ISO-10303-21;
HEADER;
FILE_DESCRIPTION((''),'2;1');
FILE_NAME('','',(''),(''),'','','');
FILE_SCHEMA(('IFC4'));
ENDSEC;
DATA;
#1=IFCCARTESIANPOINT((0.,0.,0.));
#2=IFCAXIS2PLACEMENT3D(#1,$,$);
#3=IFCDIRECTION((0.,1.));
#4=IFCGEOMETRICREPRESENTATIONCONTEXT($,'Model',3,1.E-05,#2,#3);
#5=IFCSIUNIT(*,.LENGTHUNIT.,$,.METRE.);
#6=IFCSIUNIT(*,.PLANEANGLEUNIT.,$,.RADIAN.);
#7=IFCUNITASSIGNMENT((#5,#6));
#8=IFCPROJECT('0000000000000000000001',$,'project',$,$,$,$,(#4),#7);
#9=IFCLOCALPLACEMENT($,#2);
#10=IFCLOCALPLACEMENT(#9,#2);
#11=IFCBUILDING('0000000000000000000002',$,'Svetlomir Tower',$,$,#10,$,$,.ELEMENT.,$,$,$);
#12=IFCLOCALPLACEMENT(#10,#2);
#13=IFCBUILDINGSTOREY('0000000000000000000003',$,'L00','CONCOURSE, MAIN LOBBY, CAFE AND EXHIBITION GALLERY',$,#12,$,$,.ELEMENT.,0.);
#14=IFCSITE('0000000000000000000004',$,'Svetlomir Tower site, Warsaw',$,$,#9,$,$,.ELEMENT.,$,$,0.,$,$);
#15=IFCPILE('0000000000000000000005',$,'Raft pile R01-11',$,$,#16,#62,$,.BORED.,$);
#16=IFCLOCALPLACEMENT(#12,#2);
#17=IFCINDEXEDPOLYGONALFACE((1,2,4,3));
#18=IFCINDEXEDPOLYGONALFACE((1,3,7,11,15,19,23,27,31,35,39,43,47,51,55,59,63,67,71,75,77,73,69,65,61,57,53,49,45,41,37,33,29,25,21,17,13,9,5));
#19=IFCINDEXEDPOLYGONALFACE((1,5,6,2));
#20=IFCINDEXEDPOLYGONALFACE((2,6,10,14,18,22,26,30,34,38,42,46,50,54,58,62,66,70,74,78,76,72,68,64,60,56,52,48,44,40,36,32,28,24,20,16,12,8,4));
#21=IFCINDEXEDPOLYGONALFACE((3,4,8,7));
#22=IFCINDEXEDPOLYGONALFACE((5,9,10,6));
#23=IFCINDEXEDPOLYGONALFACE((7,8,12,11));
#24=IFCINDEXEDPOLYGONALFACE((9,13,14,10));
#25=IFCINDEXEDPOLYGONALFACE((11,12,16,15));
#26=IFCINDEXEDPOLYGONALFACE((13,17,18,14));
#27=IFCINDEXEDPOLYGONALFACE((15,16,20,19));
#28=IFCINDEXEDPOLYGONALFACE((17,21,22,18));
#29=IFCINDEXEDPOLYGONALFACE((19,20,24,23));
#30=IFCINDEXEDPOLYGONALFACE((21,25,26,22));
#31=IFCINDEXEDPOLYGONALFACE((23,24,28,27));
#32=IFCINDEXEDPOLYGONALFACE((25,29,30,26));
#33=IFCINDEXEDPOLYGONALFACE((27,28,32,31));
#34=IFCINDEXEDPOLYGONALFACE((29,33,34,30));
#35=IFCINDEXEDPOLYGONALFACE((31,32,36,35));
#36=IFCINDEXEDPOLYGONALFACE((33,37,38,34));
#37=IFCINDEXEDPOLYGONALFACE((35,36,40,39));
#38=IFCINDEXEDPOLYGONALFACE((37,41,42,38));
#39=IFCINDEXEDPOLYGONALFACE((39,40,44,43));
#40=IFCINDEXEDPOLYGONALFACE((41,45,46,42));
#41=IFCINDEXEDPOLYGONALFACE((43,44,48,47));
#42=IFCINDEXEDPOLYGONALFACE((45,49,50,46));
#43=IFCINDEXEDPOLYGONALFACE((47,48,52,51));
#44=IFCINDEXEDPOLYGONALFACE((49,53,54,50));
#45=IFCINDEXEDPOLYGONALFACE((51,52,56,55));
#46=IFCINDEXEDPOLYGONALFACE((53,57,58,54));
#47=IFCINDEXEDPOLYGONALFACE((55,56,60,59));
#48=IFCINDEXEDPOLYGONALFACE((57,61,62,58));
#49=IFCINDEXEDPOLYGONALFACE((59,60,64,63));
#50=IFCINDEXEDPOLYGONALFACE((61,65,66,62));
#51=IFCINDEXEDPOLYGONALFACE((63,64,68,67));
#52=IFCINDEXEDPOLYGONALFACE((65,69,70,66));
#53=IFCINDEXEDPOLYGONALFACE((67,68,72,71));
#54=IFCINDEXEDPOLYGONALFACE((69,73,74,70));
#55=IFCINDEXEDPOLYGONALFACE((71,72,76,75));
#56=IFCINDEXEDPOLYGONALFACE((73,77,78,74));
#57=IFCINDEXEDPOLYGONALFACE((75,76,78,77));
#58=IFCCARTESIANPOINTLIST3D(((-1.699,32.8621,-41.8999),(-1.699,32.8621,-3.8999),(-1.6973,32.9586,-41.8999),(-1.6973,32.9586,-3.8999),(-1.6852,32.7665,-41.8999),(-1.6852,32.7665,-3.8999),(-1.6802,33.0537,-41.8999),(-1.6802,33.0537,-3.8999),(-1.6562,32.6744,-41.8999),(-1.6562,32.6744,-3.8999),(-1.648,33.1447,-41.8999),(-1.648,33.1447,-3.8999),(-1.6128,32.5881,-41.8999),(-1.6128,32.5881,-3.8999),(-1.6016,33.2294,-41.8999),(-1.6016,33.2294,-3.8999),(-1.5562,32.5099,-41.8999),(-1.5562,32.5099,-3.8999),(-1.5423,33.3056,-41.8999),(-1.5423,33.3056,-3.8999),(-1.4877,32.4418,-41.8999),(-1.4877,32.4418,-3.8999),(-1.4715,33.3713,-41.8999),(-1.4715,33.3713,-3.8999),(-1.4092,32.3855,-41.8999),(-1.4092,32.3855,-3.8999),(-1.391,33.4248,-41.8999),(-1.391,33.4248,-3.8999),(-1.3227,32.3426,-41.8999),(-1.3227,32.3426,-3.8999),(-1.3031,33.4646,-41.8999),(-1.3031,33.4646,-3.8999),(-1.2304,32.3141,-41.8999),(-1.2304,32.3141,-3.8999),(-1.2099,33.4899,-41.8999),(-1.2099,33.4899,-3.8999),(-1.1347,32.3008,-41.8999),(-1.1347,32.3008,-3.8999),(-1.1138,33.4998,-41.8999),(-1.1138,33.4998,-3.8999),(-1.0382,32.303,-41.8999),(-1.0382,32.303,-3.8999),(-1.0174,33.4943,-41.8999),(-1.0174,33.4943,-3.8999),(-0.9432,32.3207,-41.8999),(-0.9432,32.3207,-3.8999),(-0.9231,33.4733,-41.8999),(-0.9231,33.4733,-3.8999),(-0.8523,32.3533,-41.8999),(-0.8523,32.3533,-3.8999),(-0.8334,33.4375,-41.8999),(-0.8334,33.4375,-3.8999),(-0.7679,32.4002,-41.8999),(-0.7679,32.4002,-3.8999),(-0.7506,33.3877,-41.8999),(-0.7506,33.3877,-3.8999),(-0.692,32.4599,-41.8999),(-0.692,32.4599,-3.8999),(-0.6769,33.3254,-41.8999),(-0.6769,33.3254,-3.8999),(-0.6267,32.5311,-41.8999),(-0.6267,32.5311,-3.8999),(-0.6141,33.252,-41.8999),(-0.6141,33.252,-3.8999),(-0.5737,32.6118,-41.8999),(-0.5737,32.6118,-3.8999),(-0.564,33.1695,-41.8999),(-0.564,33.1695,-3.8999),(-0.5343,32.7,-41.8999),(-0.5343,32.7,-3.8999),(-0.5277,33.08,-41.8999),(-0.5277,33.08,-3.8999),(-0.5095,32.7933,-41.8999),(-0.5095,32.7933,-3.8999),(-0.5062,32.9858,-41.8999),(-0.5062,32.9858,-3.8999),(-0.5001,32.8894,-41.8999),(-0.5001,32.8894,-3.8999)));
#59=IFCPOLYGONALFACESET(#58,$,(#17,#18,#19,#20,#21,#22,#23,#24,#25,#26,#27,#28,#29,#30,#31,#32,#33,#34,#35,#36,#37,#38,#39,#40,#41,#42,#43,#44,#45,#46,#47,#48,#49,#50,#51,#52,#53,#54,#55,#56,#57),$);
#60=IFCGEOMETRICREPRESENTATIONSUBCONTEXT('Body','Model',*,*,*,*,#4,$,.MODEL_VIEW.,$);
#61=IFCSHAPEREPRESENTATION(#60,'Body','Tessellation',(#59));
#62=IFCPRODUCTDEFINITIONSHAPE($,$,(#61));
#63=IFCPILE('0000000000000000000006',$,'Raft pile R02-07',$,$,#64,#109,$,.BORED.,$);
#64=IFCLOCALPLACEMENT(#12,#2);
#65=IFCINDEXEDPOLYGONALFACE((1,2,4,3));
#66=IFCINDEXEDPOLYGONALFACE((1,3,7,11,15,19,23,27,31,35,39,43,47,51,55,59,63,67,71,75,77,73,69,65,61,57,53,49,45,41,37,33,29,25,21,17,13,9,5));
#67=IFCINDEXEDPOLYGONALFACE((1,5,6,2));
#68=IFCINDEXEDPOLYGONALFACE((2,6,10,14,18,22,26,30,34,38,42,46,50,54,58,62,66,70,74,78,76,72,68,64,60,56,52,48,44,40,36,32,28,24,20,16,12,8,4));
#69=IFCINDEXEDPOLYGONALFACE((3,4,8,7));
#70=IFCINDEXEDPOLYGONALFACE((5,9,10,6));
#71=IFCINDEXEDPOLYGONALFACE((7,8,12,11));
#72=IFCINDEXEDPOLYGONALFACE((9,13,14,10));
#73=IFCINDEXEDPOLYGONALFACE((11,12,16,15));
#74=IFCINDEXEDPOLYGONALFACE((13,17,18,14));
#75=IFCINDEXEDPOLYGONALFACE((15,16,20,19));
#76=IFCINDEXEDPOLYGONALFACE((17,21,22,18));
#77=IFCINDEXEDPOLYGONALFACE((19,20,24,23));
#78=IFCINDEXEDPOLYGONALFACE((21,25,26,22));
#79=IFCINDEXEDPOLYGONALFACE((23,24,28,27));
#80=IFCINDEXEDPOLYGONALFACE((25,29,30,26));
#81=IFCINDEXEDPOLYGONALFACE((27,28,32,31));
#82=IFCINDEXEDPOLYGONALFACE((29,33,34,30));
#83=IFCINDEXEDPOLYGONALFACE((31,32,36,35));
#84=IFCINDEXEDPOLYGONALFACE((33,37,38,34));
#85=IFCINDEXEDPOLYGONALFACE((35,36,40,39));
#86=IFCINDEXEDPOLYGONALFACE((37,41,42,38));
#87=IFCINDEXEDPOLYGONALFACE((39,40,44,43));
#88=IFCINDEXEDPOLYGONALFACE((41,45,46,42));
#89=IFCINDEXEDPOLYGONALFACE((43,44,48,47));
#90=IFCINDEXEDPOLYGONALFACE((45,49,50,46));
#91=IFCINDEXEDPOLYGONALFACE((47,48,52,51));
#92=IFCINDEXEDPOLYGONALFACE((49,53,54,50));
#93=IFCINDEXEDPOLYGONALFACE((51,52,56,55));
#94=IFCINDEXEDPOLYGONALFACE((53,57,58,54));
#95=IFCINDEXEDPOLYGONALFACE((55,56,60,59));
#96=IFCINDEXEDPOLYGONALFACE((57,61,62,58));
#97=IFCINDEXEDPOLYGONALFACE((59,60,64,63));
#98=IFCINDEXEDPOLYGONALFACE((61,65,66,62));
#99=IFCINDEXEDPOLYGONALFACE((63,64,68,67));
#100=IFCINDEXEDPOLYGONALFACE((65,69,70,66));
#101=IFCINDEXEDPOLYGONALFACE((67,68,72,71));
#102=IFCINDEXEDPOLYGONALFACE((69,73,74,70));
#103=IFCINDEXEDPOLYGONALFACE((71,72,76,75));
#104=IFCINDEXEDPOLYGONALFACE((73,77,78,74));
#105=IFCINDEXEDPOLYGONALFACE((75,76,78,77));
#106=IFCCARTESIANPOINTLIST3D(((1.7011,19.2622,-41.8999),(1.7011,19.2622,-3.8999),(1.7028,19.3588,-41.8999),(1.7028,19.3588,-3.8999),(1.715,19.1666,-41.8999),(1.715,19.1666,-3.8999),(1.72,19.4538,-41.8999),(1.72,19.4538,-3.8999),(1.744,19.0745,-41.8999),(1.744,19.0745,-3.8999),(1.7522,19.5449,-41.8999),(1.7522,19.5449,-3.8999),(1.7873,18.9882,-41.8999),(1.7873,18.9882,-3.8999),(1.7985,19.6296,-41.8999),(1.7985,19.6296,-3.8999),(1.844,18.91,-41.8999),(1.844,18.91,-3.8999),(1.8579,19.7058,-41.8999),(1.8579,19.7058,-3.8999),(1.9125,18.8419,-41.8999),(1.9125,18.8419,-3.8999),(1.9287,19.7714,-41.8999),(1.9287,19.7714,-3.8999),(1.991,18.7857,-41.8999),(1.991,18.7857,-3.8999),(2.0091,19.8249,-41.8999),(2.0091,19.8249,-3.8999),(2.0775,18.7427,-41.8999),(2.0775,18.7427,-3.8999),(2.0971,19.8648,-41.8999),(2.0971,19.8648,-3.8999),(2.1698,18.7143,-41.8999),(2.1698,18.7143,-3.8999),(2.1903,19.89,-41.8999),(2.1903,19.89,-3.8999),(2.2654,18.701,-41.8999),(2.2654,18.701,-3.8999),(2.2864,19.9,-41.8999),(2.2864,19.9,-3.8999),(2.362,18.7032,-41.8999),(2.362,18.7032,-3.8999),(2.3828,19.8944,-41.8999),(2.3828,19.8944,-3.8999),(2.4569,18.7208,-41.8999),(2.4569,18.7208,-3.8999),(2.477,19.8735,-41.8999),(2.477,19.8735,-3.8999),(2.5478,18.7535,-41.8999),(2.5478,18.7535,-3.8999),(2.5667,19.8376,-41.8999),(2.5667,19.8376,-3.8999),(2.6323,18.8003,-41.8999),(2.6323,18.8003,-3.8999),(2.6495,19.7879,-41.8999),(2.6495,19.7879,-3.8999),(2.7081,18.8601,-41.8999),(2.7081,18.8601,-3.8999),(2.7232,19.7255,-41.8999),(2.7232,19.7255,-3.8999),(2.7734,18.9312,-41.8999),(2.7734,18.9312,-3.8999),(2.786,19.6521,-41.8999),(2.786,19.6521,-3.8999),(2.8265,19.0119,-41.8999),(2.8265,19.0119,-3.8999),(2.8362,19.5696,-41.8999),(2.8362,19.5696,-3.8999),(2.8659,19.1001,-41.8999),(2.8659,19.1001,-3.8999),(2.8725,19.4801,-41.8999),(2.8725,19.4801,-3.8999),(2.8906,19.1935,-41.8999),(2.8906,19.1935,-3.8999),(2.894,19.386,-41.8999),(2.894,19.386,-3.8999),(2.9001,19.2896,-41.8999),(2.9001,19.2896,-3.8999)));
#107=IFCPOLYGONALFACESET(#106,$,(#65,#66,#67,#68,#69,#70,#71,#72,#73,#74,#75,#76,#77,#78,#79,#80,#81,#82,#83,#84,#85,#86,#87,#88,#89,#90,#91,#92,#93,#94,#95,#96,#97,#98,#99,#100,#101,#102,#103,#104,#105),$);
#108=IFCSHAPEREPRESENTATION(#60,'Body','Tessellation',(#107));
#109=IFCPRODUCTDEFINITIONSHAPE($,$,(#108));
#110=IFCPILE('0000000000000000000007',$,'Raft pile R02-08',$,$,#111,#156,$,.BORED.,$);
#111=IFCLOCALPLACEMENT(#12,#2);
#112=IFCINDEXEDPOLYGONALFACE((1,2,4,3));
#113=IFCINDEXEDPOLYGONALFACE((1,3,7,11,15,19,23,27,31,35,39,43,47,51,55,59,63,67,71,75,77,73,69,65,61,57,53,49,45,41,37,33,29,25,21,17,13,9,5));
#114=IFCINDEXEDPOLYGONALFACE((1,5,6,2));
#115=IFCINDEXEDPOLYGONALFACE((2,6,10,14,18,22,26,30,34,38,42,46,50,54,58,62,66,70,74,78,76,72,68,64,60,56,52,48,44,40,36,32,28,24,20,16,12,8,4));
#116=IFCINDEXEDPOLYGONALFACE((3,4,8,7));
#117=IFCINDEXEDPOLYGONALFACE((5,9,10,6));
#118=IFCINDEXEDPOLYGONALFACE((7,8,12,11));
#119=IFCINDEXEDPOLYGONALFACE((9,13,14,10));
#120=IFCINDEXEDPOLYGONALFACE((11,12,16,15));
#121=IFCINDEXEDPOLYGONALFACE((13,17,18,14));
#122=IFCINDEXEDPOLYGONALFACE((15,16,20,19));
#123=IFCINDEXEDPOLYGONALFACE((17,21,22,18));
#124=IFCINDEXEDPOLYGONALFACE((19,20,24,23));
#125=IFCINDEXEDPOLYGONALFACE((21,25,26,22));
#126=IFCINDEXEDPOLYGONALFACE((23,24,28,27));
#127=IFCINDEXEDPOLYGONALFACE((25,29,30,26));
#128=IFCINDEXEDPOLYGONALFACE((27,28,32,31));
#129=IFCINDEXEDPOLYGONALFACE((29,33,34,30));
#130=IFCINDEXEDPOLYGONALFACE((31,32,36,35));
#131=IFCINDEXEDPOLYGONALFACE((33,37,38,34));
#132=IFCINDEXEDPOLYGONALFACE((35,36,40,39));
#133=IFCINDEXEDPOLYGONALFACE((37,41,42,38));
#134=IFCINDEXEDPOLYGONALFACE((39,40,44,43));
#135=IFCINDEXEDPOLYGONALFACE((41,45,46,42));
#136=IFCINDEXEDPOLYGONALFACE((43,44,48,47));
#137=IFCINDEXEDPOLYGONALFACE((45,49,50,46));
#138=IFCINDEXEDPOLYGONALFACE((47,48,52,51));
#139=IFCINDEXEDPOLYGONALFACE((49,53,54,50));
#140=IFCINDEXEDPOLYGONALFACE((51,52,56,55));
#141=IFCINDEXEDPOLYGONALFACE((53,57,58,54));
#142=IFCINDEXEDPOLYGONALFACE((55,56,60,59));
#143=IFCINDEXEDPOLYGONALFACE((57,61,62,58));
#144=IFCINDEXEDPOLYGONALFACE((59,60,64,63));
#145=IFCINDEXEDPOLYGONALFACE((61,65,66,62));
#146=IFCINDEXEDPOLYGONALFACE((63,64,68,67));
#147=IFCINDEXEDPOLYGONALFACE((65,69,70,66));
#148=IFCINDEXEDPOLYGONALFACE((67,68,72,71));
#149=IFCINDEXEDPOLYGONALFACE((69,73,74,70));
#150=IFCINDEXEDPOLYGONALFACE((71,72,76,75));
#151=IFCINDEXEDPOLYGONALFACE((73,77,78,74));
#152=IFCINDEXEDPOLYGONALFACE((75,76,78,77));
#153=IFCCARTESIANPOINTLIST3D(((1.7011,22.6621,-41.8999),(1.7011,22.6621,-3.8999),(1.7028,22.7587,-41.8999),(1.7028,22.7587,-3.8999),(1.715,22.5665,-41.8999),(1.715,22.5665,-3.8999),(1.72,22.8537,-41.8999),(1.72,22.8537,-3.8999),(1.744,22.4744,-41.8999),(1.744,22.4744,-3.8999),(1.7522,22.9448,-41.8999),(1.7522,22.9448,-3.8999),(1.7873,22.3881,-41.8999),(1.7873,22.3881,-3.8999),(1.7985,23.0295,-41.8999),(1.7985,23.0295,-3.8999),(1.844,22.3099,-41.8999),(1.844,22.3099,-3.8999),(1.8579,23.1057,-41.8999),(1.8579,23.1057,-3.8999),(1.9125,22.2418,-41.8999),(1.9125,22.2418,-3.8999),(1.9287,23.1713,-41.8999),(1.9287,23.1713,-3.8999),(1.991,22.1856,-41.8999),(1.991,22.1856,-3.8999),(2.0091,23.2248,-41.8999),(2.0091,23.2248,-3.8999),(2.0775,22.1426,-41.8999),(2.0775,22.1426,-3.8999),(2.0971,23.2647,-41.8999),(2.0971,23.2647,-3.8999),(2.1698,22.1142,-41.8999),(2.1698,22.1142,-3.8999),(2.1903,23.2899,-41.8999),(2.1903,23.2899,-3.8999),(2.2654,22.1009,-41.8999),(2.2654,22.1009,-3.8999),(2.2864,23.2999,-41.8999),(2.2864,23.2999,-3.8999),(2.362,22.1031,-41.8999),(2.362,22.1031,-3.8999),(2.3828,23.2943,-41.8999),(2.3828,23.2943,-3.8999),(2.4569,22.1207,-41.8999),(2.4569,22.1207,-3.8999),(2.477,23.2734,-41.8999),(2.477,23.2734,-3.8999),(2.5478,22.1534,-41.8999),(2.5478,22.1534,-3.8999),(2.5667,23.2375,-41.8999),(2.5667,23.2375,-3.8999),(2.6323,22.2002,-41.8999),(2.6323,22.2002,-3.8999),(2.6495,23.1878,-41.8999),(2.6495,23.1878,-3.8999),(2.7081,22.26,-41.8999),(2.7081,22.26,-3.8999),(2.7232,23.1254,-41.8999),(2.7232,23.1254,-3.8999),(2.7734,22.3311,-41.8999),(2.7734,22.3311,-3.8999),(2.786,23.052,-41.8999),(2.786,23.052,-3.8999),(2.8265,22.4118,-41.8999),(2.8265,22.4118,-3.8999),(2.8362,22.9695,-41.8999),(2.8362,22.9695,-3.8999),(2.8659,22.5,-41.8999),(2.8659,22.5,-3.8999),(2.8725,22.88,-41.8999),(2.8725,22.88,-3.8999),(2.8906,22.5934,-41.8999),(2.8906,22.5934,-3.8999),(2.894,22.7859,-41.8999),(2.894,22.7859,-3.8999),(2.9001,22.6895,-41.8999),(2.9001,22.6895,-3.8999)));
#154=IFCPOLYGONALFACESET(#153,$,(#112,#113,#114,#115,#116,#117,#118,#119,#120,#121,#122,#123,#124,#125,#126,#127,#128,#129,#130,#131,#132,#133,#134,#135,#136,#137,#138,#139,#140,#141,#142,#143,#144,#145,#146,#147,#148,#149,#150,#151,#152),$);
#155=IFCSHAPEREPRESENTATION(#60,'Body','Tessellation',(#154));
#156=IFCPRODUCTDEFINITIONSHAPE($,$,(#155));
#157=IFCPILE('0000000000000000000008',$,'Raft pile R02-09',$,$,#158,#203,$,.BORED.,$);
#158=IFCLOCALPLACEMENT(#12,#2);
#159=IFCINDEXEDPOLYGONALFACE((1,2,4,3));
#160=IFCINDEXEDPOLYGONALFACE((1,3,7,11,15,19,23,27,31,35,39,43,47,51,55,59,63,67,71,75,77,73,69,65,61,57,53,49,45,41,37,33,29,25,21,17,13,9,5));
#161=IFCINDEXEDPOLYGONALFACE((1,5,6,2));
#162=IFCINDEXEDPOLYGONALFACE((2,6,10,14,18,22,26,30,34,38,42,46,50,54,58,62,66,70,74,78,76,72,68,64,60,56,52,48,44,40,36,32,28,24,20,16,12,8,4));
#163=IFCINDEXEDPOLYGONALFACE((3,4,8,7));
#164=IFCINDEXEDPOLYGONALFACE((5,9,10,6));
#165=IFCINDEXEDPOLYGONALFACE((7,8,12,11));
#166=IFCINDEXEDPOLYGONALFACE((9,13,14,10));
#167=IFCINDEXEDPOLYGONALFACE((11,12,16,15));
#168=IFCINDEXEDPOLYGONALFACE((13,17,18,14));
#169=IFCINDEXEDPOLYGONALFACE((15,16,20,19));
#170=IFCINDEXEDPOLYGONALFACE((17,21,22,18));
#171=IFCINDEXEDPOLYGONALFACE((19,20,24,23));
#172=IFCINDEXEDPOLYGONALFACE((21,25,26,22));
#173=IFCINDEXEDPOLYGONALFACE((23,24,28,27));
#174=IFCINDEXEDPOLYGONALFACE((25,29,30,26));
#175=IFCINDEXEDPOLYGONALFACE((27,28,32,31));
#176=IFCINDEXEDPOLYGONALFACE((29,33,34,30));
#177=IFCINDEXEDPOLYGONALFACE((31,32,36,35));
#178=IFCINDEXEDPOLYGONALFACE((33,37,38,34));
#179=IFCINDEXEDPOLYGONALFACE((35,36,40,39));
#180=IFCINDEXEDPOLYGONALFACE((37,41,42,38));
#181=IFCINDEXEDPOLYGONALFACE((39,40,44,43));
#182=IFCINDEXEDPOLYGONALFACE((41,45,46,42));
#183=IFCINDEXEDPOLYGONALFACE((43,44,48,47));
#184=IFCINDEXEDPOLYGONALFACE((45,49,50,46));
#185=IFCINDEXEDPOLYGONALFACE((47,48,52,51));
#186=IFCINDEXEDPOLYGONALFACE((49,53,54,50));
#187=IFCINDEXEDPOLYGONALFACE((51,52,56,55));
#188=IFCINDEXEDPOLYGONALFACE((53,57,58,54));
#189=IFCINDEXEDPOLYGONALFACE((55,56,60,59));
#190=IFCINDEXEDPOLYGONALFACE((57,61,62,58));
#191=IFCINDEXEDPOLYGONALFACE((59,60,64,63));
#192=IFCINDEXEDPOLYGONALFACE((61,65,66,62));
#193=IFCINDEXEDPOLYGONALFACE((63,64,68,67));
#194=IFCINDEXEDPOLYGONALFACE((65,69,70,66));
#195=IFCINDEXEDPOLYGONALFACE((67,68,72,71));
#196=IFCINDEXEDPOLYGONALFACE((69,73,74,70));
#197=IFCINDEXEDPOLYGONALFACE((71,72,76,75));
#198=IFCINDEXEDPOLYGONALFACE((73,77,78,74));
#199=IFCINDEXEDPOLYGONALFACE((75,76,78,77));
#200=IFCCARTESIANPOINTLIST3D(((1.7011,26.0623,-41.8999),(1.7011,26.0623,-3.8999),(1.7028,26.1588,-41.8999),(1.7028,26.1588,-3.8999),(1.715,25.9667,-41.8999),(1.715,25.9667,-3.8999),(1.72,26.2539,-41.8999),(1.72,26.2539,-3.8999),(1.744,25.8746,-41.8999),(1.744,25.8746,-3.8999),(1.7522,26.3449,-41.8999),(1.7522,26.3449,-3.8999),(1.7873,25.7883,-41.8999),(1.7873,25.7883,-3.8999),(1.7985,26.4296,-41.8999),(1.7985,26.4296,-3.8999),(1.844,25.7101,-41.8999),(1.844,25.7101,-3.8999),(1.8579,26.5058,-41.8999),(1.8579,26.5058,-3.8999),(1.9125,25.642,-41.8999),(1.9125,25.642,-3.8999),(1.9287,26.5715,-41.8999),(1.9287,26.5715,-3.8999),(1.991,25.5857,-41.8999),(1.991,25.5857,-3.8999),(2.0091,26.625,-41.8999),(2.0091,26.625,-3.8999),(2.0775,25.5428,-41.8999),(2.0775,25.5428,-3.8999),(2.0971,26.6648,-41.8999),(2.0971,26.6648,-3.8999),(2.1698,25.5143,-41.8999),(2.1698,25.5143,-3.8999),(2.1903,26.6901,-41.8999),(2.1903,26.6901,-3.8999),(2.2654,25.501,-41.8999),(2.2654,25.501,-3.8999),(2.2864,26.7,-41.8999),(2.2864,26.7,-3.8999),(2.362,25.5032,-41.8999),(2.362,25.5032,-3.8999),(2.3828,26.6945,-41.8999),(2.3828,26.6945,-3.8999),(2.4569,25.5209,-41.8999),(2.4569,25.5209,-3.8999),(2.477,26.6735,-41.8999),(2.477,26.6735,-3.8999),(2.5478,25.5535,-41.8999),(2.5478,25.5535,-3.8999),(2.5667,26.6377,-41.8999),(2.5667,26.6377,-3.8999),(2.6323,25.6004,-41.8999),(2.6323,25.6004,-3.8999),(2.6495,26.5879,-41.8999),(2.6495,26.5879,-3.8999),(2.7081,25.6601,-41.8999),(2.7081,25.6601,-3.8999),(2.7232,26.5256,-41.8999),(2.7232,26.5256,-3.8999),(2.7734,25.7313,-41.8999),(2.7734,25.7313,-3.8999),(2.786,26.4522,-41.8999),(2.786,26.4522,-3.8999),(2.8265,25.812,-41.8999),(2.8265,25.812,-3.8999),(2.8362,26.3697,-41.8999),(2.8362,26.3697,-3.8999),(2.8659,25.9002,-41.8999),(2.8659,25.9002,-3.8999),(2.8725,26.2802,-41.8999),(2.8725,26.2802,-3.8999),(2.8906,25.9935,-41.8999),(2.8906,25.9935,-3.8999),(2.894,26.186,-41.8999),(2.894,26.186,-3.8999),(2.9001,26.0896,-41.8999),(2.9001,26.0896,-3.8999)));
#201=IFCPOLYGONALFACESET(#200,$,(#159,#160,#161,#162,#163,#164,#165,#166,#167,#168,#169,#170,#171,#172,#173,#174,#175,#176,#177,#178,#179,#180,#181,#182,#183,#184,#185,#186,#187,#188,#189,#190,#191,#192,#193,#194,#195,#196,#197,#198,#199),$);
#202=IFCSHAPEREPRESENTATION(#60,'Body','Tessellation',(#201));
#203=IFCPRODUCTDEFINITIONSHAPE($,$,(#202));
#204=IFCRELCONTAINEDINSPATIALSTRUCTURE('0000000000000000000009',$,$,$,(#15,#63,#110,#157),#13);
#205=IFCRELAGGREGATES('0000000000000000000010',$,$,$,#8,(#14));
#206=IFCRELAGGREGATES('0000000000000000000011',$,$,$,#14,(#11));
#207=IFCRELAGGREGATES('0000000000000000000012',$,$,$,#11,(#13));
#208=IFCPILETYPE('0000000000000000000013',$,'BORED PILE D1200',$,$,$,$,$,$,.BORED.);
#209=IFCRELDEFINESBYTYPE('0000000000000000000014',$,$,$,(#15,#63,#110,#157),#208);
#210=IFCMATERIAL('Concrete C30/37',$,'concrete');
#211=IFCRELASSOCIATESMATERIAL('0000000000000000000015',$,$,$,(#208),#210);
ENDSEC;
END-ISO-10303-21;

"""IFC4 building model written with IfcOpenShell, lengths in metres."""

from ifc_helpers import new_model, si_unit, direction, frame, frame_2d, origin, origin_2d, place, context, subcontext, project, spatial, circle, extrude, material, material_profile, profile_set, type_object, element, save


model = new_model("IFC4")

# Units and contexts
model_context = context("Model", 3, precision=1e-05, world=origin(), true_north=direction((0.0, 1.0)))
body_context = subcontext(model_context, "Body", "Model", "MODEL_VIEW")
ifc_project = project(units=[si_unit("LENGTHUNIT", "METRE"), si_unit("PLANEANGLEUNIT", "RADIAN")], contexts=[model_context])

# Site, building, storey
site_placement = place(None, origin())
site = spatial("IfcSite", under=ifc_project, at=site_placement, Name="Svetlomir Tower site, Warsaw", CompositionType="ELEMENT", RefElevation=0.0)
building_placement = place(site_placement, origin())
building = spatial("IfcBuilding", under=site, at=building_placement, Name="Svetlomir Tower", CompositionType="ELEMENT")
storey_placement = place(building_placement, origin())
storey = spatial("IfcBuildingStorey", under=building, at=storey_placement, Name="L00", Description="CONCOURSE, MAIN LOBBY, CAFE AND EXHIBITION GALLERY", CompositionType="ELEMENT", Elevation=0.0)

# Piles
ifc_material_1 = material(Name="Concrete C30/37", Category="concrete")
ifc_material_profile_1 = material_profile(ifc_material_1, circle(Radius=0.6001, at=origin_2d()), Name="D1200")
ifc_profile_set_1 = profile_set([ifc_material_profile_1], Name="Concrete C30/37")
pile_type_1 = type_object("IfcPileType", Name="BORED PILE D1200", PredefinedType="BORED", material=ifc_profile_set_1)
for number, where, z_axis, x_axis, name in (
    (1, (-1.1001, 32.8999, -3.8999), (0.0, 0.0, -1.0), (1.0, 0.0, 0.0), "Raft pile R01-11"),
    (2, (2.3, 19.3, -3.8999), (0.0, 0.0, -1.0), (1.0, 0.0, 0.0), "Raft pile R02-07"),
    (3, (2.3, 22.7, -3.8999), (0.0, 0.0, -1.0), (1.0, 0.0, 0.0), "Raft pile R02-08"),
    (4, (2.3, 26.1001, -3.8999), (0.0, 0.0, -1.0), (1.0, 0.0, 0.0), "Raft pile R02-09"),
):
    element("IfcPile", number, at=place(storey_placement, frame(where, z_axis=z_axis, x_axis=x_axis)), inside=storey, type_object=pile_type_1, Name=name, PredefinedType="BORED", context=body_context, shape_type="SweptSolid", body=[
        extrude(circle(Radius=0.6001, at=frame_2d((0.0, 0.0), x_axis=(0.999848, 0.017452))), origin(), (0.0, 0.0, 1.0), 38.0),
    ])

save(model, "model.ifc")
